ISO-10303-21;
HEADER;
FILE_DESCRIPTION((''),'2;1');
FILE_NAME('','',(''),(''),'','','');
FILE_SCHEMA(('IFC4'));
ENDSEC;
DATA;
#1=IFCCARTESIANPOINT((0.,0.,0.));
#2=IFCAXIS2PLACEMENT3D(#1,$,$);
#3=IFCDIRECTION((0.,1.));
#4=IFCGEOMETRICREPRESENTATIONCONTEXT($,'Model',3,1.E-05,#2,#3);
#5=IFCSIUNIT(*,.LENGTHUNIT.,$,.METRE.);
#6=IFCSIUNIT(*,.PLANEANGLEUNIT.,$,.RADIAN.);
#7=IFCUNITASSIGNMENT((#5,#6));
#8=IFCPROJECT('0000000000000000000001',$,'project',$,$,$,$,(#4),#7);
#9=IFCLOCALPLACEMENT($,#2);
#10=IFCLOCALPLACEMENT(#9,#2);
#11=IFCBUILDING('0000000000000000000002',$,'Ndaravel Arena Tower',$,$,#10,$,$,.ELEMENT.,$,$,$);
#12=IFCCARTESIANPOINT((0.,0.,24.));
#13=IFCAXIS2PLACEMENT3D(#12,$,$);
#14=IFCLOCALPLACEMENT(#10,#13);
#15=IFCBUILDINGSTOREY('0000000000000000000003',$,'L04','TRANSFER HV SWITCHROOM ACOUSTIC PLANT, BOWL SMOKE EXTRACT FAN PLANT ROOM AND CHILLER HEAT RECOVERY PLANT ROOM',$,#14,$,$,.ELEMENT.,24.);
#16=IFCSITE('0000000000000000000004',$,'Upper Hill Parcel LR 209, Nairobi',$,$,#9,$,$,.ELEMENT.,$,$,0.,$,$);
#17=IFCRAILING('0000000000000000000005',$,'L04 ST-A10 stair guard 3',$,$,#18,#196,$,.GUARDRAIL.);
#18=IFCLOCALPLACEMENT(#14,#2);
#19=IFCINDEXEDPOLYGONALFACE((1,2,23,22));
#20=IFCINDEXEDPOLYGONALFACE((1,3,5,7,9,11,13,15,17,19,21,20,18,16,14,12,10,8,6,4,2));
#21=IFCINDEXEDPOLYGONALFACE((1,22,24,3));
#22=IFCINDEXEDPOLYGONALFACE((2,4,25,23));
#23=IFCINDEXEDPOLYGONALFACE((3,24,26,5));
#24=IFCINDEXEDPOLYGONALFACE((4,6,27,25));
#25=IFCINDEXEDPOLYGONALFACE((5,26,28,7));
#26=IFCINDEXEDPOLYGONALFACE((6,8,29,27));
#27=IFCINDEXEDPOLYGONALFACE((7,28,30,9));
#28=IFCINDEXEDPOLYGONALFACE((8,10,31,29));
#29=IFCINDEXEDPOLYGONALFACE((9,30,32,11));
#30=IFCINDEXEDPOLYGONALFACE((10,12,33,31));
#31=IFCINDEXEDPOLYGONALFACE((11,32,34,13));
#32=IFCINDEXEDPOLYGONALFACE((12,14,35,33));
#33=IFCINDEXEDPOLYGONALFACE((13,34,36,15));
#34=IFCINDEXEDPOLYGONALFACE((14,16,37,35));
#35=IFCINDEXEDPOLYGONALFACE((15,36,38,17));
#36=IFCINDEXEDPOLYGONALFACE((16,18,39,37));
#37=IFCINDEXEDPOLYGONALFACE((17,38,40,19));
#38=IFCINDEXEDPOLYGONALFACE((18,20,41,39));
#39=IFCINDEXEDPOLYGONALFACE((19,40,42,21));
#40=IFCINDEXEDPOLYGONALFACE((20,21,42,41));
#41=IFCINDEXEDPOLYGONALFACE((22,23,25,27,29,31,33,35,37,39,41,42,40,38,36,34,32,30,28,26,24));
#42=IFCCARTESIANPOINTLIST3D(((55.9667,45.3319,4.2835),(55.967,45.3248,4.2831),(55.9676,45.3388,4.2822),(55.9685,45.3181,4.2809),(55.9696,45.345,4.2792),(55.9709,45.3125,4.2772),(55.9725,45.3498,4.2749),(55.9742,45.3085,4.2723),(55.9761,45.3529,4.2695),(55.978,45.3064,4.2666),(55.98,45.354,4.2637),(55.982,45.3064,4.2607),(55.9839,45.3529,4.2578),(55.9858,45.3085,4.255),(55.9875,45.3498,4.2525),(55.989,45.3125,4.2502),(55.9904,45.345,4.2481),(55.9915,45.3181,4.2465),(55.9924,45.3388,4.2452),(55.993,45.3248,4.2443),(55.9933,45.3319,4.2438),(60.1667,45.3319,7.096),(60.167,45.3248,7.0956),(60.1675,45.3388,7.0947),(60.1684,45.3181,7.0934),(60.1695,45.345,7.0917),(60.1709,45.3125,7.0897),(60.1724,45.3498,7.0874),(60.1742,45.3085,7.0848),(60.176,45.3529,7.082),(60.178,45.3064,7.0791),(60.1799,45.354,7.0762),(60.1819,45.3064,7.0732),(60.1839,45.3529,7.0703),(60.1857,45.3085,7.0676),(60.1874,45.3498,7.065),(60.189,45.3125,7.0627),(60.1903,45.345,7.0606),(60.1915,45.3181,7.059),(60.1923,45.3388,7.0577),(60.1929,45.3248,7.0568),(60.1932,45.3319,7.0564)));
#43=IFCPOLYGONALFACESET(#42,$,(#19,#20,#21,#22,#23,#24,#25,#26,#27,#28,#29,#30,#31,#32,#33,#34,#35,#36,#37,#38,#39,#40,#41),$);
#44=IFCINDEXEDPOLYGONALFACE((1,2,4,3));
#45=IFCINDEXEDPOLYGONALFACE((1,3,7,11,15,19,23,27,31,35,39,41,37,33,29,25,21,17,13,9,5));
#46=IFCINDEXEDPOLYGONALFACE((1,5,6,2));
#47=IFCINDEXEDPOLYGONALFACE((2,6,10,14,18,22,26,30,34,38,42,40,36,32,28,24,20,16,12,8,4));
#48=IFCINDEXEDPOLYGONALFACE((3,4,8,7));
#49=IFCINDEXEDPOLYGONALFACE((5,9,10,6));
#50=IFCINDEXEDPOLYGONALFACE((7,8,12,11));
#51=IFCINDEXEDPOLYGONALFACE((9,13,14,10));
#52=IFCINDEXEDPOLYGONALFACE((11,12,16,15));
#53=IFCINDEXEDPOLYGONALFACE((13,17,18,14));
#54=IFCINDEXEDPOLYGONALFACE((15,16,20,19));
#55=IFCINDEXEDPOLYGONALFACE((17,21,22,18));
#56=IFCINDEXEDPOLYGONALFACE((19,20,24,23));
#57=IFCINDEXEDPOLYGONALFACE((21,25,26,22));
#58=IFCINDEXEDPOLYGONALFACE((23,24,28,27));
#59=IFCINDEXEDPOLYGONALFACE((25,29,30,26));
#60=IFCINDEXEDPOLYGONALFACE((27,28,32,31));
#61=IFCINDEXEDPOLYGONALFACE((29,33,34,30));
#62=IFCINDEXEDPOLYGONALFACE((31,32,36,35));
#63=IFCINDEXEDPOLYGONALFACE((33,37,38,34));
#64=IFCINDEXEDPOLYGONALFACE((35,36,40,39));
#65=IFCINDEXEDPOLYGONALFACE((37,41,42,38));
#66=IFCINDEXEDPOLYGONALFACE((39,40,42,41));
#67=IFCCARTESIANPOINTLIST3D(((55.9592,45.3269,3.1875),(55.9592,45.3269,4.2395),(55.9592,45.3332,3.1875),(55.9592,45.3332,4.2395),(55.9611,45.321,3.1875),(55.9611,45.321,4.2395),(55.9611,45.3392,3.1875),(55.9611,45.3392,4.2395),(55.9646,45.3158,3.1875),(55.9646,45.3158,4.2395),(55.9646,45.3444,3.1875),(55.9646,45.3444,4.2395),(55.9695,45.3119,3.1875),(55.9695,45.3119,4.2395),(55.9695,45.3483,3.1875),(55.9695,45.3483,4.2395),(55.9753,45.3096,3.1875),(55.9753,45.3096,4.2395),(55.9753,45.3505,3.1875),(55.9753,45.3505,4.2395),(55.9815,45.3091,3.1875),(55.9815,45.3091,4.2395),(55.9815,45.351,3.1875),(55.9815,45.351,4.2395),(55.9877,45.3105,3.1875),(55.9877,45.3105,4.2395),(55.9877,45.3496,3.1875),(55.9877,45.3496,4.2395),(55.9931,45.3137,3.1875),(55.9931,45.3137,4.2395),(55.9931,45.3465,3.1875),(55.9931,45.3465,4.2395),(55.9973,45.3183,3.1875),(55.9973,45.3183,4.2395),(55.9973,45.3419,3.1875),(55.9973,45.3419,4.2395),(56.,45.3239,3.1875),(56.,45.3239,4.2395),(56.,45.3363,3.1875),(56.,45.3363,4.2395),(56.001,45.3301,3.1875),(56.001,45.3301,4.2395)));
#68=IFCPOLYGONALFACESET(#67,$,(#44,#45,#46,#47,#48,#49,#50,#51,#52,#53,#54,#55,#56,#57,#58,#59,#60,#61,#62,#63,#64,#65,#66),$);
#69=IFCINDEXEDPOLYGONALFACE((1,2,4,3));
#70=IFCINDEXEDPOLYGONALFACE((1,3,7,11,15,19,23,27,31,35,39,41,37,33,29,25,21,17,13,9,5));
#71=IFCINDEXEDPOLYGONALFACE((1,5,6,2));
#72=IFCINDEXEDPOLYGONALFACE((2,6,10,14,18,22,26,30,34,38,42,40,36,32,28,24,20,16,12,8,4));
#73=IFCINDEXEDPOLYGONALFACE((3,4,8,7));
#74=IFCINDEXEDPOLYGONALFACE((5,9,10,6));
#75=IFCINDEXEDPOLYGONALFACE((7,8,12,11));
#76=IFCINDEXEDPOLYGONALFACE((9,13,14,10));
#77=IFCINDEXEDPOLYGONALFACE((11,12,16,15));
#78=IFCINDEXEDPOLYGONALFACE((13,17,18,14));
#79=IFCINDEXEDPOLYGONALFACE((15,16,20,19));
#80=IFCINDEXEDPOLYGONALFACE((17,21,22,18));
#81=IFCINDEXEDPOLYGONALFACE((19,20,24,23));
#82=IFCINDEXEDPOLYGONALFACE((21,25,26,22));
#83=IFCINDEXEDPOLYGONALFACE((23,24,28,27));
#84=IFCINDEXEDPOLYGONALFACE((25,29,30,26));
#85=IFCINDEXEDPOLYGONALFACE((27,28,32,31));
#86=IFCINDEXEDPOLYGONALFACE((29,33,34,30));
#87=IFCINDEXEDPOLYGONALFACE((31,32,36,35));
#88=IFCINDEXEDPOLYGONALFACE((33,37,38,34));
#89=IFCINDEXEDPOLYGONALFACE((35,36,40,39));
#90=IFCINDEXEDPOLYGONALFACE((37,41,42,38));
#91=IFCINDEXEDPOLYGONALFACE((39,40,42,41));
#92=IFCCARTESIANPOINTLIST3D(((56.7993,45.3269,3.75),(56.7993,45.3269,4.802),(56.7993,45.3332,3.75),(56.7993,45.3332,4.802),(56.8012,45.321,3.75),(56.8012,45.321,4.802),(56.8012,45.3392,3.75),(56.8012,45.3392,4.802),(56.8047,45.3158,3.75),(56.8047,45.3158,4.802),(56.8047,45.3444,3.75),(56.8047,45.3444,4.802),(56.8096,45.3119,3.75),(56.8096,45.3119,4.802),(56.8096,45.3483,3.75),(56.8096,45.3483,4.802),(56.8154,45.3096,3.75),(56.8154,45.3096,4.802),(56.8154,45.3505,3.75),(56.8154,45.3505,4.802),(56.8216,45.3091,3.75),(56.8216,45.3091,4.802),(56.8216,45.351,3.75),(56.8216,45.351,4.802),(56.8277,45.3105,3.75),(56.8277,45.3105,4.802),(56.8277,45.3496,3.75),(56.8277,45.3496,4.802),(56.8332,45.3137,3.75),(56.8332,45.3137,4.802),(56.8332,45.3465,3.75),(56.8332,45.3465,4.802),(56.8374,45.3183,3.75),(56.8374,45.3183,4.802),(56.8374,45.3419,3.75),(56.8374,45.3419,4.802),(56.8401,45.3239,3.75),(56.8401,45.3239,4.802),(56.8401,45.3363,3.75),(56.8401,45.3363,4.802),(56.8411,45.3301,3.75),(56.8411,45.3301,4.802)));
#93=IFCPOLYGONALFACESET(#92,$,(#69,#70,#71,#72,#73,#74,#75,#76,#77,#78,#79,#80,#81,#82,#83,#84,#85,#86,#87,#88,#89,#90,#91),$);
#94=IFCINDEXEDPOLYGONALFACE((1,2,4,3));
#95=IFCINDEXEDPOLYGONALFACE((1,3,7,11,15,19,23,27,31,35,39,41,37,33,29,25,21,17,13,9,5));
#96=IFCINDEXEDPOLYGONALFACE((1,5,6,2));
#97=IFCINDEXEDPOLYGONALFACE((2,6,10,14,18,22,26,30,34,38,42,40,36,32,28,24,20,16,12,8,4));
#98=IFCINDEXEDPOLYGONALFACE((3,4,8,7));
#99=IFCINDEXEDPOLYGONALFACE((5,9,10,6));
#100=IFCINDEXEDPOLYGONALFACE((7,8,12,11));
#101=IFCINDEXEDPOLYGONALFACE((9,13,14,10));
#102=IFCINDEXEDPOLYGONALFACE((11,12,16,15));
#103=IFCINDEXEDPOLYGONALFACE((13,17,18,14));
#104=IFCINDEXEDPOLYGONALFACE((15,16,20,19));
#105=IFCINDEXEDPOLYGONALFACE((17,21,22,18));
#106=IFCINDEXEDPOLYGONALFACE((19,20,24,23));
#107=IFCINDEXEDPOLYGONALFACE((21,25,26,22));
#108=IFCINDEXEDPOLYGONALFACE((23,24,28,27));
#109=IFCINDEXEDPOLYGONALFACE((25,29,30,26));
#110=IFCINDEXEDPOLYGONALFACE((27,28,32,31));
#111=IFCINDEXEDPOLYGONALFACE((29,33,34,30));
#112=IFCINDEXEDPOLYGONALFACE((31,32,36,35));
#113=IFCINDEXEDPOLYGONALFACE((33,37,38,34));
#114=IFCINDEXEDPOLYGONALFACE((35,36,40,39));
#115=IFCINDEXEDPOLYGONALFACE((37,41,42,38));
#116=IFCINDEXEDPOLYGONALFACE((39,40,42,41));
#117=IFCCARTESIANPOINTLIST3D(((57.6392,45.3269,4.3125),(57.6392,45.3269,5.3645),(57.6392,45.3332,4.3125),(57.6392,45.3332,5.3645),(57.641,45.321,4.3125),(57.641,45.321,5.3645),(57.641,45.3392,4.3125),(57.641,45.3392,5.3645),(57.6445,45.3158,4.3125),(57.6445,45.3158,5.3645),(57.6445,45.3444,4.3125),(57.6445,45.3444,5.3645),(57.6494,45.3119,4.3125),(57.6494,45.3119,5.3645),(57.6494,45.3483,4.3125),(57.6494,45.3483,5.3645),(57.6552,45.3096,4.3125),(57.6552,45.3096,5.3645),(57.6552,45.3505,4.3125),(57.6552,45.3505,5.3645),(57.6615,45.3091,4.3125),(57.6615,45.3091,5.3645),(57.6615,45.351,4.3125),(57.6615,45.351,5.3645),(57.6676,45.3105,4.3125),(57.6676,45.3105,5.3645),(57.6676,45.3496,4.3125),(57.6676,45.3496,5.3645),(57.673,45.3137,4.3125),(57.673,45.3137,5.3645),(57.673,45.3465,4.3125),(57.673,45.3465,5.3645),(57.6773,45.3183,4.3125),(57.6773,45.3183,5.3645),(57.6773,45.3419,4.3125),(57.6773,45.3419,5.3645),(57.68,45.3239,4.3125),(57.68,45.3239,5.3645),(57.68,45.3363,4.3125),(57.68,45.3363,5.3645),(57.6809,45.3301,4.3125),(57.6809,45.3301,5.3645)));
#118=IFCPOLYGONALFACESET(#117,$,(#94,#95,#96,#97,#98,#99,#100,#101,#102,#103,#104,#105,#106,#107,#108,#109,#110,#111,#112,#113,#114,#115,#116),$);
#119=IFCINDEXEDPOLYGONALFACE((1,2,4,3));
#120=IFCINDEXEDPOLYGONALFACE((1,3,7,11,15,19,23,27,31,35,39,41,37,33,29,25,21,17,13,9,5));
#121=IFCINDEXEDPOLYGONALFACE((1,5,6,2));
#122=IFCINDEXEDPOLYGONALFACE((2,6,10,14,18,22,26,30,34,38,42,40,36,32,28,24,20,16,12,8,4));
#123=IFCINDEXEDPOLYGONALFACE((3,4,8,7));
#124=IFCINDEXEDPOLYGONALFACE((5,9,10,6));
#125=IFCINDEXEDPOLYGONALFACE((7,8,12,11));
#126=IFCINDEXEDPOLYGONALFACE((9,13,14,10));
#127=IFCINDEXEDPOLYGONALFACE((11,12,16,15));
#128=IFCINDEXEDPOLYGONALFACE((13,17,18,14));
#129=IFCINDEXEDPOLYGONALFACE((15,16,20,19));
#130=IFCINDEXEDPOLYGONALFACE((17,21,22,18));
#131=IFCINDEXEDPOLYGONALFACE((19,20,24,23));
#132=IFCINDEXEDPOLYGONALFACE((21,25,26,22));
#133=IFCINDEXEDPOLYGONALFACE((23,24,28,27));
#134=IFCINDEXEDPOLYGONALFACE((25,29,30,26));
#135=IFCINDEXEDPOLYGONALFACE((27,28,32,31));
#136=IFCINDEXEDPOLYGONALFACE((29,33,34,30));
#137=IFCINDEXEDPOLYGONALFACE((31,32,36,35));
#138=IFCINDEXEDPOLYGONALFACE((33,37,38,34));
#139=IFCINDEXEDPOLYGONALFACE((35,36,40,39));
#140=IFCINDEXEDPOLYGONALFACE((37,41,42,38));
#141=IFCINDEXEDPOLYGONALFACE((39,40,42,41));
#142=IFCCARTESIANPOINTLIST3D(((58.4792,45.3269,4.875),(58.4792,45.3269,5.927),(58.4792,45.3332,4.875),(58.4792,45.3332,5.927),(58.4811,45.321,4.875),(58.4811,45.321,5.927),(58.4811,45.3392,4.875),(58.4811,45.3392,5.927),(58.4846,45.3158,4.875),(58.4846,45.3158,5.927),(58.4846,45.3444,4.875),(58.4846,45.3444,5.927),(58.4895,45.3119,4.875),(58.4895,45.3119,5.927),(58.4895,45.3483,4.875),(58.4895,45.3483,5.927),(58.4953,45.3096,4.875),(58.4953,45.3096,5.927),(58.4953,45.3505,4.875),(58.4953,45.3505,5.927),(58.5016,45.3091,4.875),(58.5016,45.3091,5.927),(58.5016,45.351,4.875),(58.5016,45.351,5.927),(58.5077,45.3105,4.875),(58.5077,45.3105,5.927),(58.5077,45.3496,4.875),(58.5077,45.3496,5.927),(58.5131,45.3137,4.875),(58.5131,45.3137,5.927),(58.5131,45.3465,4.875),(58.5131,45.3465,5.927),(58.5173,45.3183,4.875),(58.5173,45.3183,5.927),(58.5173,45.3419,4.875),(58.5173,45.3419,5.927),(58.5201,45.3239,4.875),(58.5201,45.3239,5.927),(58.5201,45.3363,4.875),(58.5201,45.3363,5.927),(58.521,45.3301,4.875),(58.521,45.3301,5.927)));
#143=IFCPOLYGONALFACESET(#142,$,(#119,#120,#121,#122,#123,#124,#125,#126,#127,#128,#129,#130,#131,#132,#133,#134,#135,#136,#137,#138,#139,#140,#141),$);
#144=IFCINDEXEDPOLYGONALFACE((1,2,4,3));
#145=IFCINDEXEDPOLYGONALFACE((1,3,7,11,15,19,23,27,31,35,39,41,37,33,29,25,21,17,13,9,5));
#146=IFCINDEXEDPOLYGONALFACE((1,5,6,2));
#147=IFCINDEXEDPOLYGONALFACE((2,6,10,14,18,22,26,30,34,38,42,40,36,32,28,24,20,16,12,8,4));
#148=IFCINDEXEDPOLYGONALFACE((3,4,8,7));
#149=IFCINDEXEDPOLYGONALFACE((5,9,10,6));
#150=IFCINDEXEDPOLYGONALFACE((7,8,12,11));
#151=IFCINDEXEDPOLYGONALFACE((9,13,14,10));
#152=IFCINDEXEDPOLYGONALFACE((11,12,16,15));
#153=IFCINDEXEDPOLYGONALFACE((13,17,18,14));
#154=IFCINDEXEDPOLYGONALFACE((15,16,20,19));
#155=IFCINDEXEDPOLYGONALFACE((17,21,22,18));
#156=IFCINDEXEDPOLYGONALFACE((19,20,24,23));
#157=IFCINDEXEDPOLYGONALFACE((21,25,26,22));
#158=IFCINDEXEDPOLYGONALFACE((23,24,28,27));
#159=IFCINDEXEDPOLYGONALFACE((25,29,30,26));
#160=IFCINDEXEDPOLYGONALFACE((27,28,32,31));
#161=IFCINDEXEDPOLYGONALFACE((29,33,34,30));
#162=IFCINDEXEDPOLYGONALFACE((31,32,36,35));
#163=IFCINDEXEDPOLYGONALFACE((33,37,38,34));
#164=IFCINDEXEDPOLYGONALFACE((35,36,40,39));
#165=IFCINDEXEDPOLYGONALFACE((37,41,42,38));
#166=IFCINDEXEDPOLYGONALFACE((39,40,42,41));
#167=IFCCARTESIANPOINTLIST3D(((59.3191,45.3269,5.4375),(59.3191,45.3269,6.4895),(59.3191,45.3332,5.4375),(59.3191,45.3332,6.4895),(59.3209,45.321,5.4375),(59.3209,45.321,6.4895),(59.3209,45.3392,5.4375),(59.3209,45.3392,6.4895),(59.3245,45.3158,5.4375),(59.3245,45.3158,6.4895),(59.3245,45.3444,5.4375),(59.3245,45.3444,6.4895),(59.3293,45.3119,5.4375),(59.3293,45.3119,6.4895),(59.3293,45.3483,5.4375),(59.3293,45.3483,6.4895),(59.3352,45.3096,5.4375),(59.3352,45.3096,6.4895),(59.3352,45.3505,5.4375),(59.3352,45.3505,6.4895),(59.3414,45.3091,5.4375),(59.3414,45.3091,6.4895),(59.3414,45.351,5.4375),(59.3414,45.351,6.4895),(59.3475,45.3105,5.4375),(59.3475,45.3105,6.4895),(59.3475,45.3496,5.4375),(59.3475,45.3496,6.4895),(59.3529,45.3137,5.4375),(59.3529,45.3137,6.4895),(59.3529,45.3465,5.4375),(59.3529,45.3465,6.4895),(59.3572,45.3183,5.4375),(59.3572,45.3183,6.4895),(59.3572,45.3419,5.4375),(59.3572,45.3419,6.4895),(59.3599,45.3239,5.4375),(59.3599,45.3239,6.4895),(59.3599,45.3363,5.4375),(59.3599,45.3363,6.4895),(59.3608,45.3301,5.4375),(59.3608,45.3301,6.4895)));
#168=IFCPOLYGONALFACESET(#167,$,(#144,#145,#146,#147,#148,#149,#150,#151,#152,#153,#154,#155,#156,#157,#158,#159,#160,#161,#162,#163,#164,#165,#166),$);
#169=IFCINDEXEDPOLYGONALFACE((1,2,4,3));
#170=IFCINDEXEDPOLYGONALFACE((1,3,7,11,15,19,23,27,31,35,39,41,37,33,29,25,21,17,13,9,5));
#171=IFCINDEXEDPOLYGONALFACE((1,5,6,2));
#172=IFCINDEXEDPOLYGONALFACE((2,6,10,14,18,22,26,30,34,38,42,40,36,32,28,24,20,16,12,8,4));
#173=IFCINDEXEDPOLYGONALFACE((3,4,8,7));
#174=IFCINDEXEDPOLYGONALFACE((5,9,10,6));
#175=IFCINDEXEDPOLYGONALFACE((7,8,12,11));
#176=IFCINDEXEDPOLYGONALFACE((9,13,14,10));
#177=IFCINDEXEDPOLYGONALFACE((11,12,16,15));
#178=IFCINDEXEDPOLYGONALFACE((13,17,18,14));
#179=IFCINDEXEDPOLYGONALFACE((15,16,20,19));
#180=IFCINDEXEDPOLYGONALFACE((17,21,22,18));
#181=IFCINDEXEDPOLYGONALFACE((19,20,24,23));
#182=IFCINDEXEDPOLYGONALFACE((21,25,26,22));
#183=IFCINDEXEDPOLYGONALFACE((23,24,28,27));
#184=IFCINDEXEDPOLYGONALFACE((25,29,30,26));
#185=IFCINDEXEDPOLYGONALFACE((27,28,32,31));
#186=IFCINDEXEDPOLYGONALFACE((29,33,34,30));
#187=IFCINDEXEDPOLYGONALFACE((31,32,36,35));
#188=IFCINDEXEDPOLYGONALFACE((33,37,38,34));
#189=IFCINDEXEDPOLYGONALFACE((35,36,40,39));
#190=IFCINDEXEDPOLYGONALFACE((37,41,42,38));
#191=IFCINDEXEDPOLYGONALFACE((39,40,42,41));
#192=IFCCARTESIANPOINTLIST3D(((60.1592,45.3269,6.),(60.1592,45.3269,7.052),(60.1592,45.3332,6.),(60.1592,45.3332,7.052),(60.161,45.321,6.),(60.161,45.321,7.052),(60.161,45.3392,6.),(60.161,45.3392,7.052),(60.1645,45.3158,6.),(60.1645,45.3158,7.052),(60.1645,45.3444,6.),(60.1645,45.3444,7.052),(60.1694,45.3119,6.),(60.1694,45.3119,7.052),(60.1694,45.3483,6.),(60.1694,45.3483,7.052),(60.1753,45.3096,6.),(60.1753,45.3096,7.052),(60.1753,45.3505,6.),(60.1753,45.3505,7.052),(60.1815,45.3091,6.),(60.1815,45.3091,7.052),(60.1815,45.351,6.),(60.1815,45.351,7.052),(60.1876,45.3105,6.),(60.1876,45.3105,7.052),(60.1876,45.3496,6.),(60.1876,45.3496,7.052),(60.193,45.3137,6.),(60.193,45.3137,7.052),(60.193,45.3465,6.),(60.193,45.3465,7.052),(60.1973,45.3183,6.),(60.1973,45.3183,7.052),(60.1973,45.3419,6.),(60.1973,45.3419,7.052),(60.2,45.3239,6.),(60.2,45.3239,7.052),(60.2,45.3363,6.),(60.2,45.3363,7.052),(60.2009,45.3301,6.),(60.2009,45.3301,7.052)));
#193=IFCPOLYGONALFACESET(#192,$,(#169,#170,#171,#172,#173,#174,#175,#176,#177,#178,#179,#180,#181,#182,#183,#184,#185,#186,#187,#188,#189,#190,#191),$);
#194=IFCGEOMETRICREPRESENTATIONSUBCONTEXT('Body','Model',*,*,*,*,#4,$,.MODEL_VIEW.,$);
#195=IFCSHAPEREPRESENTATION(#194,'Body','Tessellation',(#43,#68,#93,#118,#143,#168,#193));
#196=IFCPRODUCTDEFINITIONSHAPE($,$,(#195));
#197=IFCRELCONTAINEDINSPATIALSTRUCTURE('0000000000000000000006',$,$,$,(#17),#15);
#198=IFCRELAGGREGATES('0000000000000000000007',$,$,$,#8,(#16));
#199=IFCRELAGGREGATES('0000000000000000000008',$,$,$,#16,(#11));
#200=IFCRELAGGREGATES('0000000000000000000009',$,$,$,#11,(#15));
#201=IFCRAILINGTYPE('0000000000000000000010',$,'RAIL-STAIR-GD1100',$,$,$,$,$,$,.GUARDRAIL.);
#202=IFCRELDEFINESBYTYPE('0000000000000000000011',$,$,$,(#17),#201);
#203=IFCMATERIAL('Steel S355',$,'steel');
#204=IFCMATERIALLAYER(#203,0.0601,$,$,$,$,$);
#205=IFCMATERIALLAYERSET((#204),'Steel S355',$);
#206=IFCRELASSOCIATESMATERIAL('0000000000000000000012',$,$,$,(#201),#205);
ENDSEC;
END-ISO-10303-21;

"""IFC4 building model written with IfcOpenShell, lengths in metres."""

from ifc_helpers import new_model, si_unit, direction, frame, origin, origin_2d, place, context, subcontext, project, spatial, circle, extrude, material, layer, layer_set, type_object, element, save


model = new_model("IFC4")

# Units and contexts
model_context = context("Model", 3, precision=1e-05, world=origin(), true_north=direction((0.0, 1.0)))
body_context = subcontext(model_context, "Body", "Model", "MODEL_VIEW")
ifc_project = project(units=[si_unit("LENGTHUNIT", "METRE"), si_unit("PLANEANGLEUNIT", "RADIAN")], contexts=[model_context])

# Site, building, storey
site_placement = place(None, origin())
site = spatial("IfcSite", under=ifc_project, at=site_placement, Name="Upper Hill Parcel LR 209, Nairobi", CompositionType="ELEMENT", RefElevation=0.0)
building_placement = place(site_placement, origin())
building = spatial("IfcBuilding", under=site, at=building_placement, Name="Ndaravel Arena Tower", CompositionType="ELEMENT")
storey_placement = place(building_placement, frame((0.0, 0.0, 24.0)))
storey = spatial("IfcBuildingStorey", under=building, at=storey_placement, Name="L04", Description="TRANSFER HV SWITCHROOM ACOUSTIC PLANT, BOWL SMOKE EXTRACT FAN PLANT ROOM AND CHILLER HEAT RECOVERY PLANT ROOM", CompositionType="ELEMENT", Elevation=24.0)

# Railing
ifc_material_1 = material(Name="Steel S355", Category="steel")
ifc_layer_1 = layer(ifc_material_1, 0.0601)
ifc_layer_set_1 = layer_set([ifc_layer_1], Name="Steel S355")
railing_type_1 = type_object("IfcRailingType", Name="RAIL-STAIR-GD1100", PredefinedType="GUARDRAIL", material=ifc_layer_set_1)
railing_1_placement = place(storey_placement, frame((55.98, 45.3301, 3.1875)))
element("IfcRailing", 1, at=railing_1_placement, inside=storey, type_object=railing_type_1, Name="L04 ST-A10 stair guard 3", PredefinedType="GUARDRAIL", context=body_context, shape_type="SweptSolid", body=[
    extrude(circle(Radius=0.0239, at=origin_2d()), frame((0.0, 0.0, 1.0762), z_axis=(0.830904, 0.0, 0.556416), x_axis=(0.0, 1.0, 0.0)), (0.0, 0.0, 1.0), 5.0547),
    extrude(circle(Radius=0.021, at=origin_2d()), origin(), (0.0, 0.0, 1.0), 1.052),
    extrude(circle(Radius=0.021, at=origin_2d()), frame((0.8401, 0.0, 0.5625)), (0.0, 0.0, 1.0), 1.052),
    extrude(circle(Radius=0.021, at=origin_2d()), frame((1.6799, 0.0, 1.125)), (0.0, 0.0, 1.0), 1.052),
    extrude(circle(Radius=0.021, at=origin_2d()), frame((2.52, 0.0, 1.6875)), (0.0, 0.0, 1.0), 1.052),
    extrude(circle(Radius=0.021, at=origin_2d()), frame((3.3599, 0.0, 2.25)), (0.0, 0.0, 1.0), 1.052),
    extrude(circle(Radius=0.021, at=origin_2d()), frame((4.2, 0.0, 2.8125)), (0.0, 0.0, 1.0), 1.052),
])

save(model, "model.ifc")
